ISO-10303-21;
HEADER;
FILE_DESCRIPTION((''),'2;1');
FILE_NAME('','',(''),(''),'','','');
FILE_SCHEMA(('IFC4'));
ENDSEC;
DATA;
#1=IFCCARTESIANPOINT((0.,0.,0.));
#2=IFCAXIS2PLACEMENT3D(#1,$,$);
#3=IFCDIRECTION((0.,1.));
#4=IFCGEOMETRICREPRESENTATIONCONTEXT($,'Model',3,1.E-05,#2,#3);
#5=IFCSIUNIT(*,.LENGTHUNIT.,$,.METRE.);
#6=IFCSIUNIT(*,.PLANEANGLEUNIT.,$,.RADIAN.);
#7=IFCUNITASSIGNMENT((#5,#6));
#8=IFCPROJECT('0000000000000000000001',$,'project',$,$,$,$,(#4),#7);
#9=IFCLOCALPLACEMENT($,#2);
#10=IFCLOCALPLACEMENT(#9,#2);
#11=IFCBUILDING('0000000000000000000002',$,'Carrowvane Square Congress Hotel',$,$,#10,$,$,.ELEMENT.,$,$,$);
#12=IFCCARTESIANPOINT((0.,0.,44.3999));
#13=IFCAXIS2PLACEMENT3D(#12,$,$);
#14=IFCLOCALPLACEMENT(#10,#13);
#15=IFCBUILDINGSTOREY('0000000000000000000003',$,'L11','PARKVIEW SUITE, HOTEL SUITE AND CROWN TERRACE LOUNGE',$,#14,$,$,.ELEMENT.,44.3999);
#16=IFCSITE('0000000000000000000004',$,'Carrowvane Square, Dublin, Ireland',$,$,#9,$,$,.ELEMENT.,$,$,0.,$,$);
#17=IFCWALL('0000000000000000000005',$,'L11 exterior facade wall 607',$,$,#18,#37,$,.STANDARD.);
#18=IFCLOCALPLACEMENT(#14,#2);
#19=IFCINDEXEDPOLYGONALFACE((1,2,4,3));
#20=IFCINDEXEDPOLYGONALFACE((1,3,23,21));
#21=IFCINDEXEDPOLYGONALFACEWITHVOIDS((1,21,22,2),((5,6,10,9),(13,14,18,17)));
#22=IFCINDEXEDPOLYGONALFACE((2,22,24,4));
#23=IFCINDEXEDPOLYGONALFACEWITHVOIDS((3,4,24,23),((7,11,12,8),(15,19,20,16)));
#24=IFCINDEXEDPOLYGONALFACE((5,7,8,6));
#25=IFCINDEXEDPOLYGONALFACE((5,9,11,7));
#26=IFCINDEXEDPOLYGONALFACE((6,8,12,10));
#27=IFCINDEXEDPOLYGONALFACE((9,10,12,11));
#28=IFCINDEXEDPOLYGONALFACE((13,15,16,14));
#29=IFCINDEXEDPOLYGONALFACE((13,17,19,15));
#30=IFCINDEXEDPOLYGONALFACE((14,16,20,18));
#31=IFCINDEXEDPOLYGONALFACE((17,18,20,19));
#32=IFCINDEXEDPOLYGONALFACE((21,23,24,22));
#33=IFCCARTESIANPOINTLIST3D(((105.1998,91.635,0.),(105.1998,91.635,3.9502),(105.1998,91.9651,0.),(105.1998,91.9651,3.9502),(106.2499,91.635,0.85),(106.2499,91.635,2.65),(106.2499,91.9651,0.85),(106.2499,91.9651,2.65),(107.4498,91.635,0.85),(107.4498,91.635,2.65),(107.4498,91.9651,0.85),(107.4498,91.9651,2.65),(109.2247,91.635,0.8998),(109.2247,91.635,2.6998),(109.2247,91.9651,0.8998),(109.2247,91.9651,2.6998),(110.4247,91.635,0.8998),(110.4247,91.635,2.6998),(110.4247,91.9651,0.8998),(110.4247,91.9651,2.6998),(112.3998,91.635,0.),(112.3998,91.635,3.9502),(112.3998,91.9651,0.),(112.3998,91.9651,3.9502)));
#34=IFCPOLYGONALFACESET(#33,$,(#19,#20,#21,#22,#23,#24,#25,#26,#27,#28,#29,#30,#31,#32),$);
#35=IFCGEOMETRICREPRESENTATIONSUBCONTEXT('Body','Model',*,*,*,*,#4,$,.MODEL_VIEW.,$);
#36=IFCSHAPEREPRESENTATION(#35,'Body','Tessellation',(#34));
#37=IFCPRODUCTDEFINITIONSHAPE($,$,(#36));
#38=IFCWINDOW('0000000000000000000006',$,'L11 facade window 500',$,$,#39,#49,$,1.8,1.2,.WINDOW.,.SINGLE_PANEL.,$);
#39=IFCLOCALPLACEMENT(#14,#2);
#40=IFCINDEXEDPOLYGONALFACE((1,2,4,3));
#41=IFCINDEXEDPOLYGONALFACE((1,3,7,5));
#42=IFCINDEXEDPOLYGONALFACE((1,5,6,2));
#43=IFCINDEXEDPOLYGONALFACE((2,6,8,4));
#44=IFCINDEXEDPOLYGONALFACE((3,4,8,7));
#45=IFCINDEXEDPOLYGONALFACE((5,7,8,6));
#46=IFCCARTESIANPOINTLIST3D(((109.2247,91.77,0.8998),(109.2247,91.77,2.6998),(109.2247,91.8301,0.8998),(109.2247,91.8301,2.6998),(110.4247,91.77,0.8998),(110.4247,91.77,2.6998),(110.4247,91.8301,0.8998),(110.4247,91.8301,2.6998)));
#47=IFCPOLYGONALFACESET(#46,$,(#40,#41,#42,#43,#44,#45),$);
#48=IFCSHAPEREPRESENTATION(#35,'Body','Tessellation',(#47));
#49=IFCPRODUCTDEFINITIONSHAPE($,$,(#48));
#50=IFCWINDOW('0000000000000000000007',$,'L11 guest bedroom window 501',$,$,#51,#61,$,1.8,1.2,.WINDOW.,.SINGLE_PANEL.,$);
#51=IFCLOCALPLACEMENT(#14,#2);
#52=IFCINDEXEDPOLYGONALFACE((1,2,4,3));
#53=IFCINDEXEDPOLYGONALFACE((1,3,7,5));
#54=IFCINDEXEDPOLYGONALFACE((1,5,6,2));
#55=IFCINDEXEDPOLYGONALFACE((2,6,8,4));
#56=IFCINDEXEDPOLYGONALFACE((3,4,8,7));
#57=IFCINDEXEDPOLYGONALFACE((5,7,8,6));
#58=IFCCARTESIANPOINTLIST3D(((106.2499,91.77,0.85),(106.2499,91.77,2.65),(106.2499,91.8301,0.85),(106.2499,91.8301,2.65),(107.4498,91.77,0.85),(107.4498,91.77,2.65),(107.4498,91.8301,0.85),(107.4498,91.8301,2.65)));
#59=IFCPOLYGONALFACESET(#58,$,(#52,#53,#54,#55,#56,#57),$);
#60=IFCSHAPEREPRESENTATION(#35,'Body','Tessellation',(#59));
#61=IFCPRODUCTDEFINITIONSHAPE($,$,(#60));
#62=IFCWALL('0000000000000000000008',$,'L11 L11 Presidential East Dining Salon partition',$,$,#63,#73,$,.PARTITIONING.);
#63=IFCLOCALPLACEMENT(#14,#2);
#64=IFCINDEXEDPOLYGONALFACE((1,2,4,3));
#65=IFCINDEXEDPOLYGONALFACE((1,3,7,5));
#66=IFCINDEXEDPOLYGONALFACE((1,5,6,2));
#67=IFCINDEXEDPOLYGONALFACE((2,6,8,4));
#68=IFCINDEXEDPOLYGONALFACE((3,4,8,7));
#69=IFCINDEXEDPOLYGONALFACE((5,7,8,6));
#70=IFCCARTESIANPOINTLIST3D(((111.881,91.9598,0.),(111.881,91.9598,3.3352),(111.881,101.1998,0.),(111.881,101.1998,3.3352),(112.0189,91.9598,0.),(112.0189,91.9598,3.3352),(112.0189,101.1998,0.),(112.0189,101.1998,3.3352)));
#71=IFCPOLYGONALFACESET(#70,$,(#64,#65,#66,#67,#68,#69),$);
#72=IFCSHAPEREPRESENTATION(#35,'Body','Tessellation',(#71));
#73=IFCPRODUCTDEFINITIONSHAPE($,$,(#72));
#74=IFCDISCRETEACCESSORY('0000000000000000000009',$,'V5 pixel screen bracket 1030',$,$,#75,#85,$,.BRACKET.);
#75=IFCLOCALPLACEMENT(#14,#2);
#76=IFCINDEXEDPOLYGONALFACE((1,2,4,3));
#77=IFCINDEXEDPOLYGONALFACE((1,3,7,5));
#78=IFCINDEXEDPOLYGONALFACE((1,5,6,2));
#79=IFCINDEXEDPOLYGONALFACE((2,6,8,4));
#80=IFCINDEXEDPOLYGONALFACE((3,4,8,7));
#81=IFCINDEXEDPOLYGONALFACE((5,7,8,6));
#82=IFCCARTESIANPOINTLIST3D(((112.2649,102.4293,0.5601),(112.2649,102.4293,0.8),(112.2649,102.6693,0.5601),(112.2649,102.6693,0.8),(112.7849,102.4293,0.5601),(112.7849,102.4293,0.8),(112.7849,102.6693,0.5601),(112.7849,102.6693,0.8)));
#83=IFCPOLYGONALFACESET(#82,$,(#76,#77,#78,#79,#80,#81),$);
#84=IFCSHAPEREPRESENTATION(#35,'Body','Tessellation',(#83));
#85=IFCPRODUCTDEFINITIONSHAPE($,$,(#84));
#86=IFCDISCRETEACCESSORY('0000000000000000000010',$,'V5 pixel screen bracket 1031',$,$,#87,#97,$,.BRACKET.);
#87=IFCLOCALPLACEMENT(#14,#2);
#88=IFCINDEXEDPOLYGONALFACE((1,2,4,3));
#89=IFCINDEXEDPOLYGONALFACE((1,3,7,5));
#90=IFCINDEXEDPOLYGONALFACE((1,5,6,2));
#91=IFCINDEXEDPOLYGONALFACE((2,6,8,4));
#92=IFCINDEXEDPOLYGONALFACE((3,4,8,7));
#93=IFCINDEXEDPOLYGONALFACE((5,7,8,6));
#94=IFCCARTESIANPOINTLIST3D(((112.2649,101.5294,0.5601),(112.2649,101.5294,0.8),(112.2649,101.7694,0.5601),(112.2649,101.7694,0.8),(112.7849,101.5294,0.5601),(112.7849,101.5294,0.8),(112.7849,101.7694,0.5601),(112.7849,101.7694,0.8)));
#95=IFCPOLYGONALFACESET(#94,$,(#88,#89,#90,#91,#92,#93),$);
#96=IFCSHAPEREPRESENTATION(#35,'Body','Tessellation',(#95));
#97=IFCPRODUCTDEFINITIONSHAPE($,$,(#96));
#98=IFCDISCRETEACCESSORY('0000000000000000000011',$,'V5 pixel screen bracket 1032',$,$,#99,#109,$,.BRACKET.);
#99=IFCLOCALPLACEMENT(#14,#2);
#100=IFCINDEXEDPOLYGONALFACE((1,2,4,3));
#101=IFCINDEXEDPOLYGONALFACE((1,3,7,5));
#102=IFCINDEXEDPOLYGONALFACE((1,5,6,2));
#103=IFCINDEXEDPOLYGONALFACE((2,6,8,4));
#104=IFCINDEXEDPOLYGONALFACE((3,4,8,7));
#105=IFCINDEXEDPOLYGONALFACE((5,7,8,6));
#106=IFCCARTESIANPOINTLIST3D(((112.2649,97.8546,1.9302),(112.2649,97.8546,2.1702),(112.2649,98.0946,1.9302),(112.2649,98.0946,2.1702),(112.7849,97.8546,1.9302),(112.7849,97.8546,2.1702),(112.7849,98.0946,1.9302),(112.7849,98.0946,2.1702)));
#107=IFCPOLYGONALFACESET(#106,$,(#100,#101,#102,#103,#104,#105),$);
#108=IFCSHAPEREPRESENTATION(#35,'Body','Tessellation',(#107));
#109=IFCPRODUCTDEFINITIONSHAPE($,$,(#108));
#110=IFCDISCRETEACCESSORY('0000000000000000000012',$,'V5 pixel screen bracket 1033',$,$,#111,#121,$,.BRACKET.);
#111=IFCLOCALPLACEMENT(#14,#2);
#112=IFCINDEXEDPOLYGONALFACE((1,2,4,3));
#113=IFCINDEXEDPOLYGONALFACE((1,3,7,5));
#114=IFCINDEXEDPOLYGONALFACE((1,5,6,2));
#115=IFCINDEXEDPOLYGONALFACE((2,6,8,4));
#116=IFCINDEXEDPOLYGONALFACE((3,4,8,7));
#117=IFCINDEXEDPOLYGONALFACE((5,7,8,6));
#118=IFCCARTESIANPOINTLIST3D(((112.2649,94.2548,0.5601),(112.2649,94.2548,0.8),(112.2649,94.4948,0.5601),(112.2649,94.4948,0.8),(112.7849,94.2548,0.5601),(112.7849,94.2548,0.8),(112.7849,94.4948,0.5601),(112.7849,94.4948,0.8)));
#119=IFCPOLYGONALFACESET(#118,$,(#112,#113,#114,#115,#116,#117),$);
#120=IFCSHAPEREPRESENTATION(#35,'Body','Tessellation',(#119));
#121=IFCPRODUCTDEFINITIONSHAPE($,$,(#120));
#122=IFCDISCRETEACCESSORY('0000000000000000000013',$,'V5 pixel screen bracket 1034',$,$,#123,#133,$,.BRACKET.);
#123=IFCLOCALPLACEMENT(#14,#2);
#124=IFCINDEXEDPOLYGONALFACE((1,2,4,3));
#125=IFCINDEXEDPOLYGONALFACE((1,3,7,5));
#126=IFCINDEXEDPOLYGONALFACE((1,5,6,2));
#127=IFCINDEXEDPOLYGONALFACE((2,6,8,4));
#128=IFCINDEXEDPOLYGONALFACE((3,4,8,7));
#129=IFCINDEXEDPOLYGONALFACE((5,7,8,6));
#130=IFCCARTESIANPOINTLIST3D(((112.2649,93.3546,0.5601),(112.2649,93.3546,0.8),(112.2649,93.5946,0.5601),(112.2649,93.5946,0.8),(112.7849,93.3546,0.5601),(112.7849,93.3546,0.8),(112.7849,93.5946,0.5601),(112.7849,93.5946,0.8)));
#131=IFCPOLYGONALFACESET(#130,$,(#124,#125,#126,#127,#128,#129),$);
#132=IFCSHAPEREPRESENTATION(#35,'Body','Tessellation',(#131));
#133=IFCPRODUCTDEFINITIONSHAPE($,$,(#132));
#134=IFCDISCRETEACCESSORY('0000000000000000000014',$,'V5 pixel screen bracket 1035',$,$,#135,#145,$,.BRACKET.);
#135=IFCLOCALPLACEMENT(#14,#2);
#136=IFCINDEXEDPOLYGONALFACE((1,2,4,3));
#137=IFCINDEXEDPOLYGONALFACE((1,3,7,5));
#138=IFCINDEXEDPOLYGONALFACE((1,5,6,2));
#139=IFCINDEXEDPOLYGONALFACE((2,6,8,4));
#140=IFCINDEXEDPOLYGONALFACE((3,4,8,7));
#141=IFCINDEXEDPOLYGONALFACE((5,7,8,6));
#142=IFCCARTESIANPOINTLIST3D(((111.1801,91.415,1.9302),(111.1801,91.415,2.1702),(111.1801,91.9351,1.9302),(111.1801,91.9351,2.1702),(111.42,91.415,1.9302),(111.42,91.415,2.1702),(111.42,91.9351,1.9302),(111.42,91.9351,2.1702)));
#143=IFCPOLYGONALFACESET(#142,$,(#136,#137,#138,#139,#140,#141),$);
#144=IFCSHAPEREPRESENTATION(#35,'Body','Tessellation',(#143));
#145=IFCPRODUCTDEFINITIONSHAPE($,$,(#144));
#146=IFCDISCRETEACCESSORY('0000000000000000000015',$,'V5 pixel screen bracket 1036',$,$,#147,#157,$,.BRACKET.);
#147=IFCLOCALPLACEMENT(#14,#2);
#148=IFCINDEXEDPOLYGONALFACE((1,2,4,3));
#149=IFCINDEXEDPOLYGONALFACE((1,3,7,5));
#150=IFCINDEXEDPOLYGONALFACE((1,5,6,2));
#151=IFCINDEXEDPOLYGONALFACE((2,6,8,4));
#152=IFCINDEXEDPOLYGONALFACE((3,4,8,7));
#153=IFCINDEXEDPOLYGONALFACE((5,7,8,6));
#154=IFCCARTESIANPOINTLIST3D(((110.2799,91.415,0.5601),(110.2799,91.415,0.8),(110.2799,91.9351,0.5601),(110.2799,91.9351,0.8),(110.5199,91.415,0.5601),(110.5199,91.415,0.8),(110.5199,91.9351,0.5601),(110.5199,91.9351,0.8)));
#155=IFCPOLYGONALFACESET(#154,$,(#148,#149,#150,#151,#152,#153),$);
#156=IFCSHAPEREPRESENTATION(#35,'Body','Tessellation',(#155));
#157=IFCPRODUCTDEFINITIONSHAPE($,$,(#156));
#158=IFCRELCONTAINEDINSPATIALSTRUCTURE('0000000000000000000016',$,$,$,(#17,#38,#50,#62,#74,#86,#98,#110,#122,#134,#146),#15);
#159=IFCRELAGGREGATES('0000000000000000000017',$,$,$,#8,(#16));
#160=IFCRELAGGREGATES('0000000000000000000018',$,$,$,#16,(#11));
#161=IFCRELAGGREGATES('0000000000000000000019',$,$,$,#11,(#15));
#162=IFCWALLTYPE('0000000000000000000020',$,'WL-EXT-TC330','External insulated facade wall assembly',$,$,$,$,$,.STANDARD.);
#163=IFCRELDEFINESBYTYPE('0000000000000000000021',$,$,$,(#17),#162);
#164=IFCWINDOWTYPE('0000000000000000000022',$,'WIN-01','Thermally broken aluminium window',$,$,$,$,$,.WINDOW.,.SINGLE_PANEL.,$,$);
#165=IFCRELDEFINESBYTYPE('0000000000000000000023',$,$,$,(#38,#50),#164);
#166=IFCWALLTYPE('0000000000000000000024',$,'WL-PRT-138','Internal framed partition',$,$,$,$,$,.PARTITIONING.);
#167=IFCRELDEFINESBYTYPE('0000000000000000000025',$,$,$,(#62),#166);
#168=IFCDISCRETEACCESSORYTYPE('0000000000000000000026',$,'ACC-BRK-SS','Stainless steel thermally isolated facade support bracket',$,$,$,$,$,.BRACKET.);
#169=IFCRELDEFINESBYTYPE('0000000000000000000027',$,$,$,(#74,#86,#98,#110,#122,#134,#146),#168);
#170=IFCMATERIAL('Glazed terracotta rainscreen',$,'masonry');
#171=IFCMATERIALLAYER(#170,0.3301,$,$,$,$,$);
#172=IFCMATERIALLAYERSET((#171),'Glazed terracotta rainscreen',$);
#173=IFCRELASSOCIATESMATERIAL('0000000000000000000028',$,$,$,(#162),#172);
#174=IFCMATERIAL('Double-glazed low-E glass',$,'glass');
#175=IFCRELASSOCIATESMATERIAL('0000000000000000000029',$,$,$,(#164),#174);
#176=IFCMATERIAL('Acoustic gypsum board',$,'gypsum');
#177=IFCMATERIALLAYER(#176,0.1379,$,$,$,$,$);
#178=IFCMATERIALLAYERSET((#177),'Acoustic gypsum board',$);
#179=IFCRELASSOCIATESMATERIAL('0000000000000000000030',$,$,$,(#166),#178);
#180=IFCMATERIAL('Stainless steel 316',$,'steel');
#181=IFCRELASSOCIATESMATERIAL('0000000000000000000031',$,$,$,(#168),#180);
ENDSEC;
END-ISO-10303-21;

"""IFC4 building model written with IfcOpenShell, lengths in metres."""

from ifc_helpers import new_model, si_unit, direction, frame, frame_2d, origin, origin_2d, place, context, subcontext, project, spatial, rectangle, extrude, material, layer, layer_set, type_object, element, fill, save


model = new_model("IFC4")

# Units and contexts
model_context = context("Model", 3, precision=1e-05, world=origin(), true_north=direction((0.0, 1.0)))
body_context = subcontext(model_context, "Body", "Model", "MODEL_VIEW")
ifc_project = project(units=[si_unit("LENGTHUNIT", "METRE"), si_unit("PLANEANGLEUNIT", "RADIAN")], contexts=[model_context])

# Site, building, storey
site_placement = place(None, origin())
site = spatial("IfcSite", under=ifc_project, at=site_placement, Name="Carrowvane Square, Dublin, Ireland", CompositionType="ELEMENT", RefElevation=0.0)
building_placement = place(site_placement, origin())
building = spatial("IfcBuilding", under=site, at=building_placement, Name="Carrowvane Square Congress Hotel", CompositionType="ELEMENT")
storey_placement = place(building_placement, frame((0.0, 0.0, 44.3999)))
storey = spatial("IfcBuildingStorey", under=building, at=storey_placement, Name="L11", Description="PARKVIEW SUITE, HOTEL SUITE AND CROWN TERRACE LOUNGE", CompositionType="ELEMENT", Elevation=44.3999)

# Shared definitions
ifc_material_1 = material(Name="Glazed terracotta rainscreen", Category="masonry")
ifc_layer_1 = layer(ifc_material_1, 0.3301)
ifc_layer_set_1 = layer_set([ifc_layer_1], Name="Glazed terracotta rainscreen")
wall_type_1 = type_object("IfcWallType", Name="WL-EXT-TC330", Description="External insulated facade wall assembly", PredefinedType="STANDARD", material=ifc_layer_set_1)

# Wall, openings, windows
wall_1_placement = place(storey_placement, frame((112.3999, 91.8, 0.0), z_axis=(0.0, 0.0, 1.0), x_axis=(-1.0, 0.0, 0.0)))
wall_1 = element("IfcWall", 1, at=wall_1_placement, inside=storey, type_object=wall_type_1, Name="L11 exterior facade wall 607", PredefinedType="STANDARD", context=body_context, shape_type="SweptSolid", body=[
    extrude(rectangle(XDim=7.2, YDim=0.3301, at=frame_2d((3.6001, 0.0))), origin(), (0.0, 0.0, 1.0), 3.9502),
])
opening_1_placement = place(wall_1_placement, frame((1.9751, 0.0, 0.8999)))
opening_1 = element("IfcOpeningElement", 2, at=opening_1_placement, cuts=wall_1, PredefinedType="OPENING", context=body_context, shape_type="SweptSolid", body=[
    extrude(rectangle(XDim=1.2, YDim=1.8, at=frame_2d((0.6001, 0.8999))), frame((0.0, 0.175, 0.0), z_axis=(0.0, -1.0, 0.0), x_axis=(1.0, 0.0, 0.0)), (0.0, 0.0, 1.0), 0.3501),
])
opening_2_placement = place(wall_1_placement, frame((4.95, 0.0, 0.8501)))
opening_2 = element("IfcOpeningElement", 3, at=opening_2_placement, cuts=wall_1, PredefinedType="OPENING", context=body_context, shape_type="SweptSolid", body=[
    extrude(rectangle(XDim=1.2, YDim=1.8, at=frame_2d((0.6001, 0.8999))), frame((0.0, 0.175, 0.0), z_axis=(0.0, -1.0, 0.0), x_axis=(1.0, 0.0, 0.0)), (0.0, 0.0, 1.0), 0.3501),
])
ifc_material_2 = material(Name="Double-glazed low-E glass", Category="glass")
window_type_1 = type_object("IfcWindowType", Name="WIN-01", Description="Thermally broken aluminium window", PartitioningType="SINGLE_PANEL", PredefinedType="WINDOW", material=ifc_material_2)
window_1_placement = place(opening_1_placement, origin())
window_1 = element("IfcWindow", 4, at=window_1_placement, inside=storey, type_object=window_type_1, Name="L11 facade window 500", OverallHeight=1.8, OverallWidth=1.2, PartitioningType="SINGLE_PANEL", PredefinedType="WINDOW", context=body_context, shape_type="SweptSolid", body=[
    extrude(rectangle(XDim=1.2, YDim=1.8, at=frame_2d((0.6001, 0.8999))), frame((0.0, 0.03, 0.0), z_axis=(0.0, -1.0, 0.0), x_axis=(1.0, 0.0, 0.0)), (0.0, 0.0, 1.0), 0.0601),
])
fill(opening_1, window_1)
window_2_placement = place(opening_2_placement, origin())
window_2 = element("IfcWindow", 5, at=window_2_placement, inside=storey, type_object=window_type_1, Name="L11 guest bedroom window 501", OverallHeight=1.8, OverallWidth=1.2, PartitioningType="SINGLE_PANEL", PredefinedType="WINDOW", context=body_context, shape_type="SweptSolid", body=[
    extrude(rectangle(XDim=1.2, YDim=1.8, at=frame_2d((0.6001, 0.8999))), frame((0.0, 0.03, 0.0), z_axis=(0.0, -1.0, 0.0), x_axis=(1.0, 0.0, 0.0)), (0.0, 0.0, 1.0), 0.0601),
])
fill(opening_2, window_2)

# Wall
ifc_material_3 = material(Name="Acoustic gypsum board", Category="gypsum")
ifc_layer_2 = layer(ifc_material_3, 0.1379)
ifc_layer_set_2 = layer_set([ifc_layer_2], Name="Acoustic gypsum board")
wall_type_2 = type_object("IfcWallType", Name="WL-PRT-138", Description="Internal framed partition", PredefinedType="PARTITIONING", material=ifc_layer_set_2)
wall_2_placement = place(storey_placement, frame((111.95, 101.2, 0.0), z_axis=(0.0, 0.0, 1.0), x_axis=(0.0, -1.0, 0.0)))
element("IfcWall", 6, at=wall_2_placement, inside=storey, type_object=wall_type_2, Name="L11 L11 Presidential East Dining Salon partition", PredefinedType="PARTITIONING", context=body_context, shape_type="SweptSolid", body=[
    extrude(rectangle(XDim=9.24, YDim=0.1379, at=frame_2d((4.6201, 0.0))), origin(), (0.0, 0.0, 1.0), 3.3352),
])

# Discrete accessories
ifc_material_4 = material(Name="Stainless steel 316", Category="steel")
discrete_accessory_type = type_object("IfcDiscreteAccessoryType", Name="ACC-BRK-SS", Description="Stainless steel thermally isolated facade support bracket", PredefinedType="BRACKET", material=ifc_material_4)
for number, where, z_axis, x_axis, name in (
    (7, (112.5249, 102.5493, 0.5601), (0.0, 0.0, 1.0), (0.0, -1.0, 0.0), "V5 pixel screen bracket 1030"),
    (8, (112.5249, 101.6494, 0.5601), (0.0, 0.0, 1.0), (0.0, -1.0, 0.0), "V5 pixel screen bracket 1031"),
    (9, (112.5249, 97.9746, 1.9302), (0.0, 0.0, 1.0), (0.0, -1.0, 0.0), "V5 pixel screen bracket 1032"),
    (10, (112.5249, 94.3748, 0.5601), (0.0, 0.0, 1.0), (0.0, -1.0, 0.0), "V5 pixel screen bracket 1033"),
    (11, (112.5249, 93.4746, 0.5601), (0.0, 0.0, 1.0), (0.0, -1.0, 0.0), "V5 pixel screen bracket 1034"),
    (12, (111.3, 91.675, 1.9302), (0.0, 0.0, 1.0), (-1.0, 0.0, 0.0), "V5 pixel screen bracket 1035"),
    (13, (110.3999, 91.675, 0.5601), (0.0, 0.0, 1.0), (-1.0, 0.0, 0.0), "V5 pixel screen bracket 1036"),
):
    element("IfcDiscreteAccessory", number, at=place(storey_placement, frame(where, z_axis=z_axis, x_axis=x_axis)), inside=storey, type_object=discrete_accessory_type, Name=name, PredefinedType="BRACKET", context=body_context, shape_type="SweptSolid", body=[
        extrude(rectangle(XDim=0.24, YDim=0.52, at=origin_2d()), origin(), (0.0, 0.0, 1.0), 0.24),
    ])

save(model, "model.ifc")
